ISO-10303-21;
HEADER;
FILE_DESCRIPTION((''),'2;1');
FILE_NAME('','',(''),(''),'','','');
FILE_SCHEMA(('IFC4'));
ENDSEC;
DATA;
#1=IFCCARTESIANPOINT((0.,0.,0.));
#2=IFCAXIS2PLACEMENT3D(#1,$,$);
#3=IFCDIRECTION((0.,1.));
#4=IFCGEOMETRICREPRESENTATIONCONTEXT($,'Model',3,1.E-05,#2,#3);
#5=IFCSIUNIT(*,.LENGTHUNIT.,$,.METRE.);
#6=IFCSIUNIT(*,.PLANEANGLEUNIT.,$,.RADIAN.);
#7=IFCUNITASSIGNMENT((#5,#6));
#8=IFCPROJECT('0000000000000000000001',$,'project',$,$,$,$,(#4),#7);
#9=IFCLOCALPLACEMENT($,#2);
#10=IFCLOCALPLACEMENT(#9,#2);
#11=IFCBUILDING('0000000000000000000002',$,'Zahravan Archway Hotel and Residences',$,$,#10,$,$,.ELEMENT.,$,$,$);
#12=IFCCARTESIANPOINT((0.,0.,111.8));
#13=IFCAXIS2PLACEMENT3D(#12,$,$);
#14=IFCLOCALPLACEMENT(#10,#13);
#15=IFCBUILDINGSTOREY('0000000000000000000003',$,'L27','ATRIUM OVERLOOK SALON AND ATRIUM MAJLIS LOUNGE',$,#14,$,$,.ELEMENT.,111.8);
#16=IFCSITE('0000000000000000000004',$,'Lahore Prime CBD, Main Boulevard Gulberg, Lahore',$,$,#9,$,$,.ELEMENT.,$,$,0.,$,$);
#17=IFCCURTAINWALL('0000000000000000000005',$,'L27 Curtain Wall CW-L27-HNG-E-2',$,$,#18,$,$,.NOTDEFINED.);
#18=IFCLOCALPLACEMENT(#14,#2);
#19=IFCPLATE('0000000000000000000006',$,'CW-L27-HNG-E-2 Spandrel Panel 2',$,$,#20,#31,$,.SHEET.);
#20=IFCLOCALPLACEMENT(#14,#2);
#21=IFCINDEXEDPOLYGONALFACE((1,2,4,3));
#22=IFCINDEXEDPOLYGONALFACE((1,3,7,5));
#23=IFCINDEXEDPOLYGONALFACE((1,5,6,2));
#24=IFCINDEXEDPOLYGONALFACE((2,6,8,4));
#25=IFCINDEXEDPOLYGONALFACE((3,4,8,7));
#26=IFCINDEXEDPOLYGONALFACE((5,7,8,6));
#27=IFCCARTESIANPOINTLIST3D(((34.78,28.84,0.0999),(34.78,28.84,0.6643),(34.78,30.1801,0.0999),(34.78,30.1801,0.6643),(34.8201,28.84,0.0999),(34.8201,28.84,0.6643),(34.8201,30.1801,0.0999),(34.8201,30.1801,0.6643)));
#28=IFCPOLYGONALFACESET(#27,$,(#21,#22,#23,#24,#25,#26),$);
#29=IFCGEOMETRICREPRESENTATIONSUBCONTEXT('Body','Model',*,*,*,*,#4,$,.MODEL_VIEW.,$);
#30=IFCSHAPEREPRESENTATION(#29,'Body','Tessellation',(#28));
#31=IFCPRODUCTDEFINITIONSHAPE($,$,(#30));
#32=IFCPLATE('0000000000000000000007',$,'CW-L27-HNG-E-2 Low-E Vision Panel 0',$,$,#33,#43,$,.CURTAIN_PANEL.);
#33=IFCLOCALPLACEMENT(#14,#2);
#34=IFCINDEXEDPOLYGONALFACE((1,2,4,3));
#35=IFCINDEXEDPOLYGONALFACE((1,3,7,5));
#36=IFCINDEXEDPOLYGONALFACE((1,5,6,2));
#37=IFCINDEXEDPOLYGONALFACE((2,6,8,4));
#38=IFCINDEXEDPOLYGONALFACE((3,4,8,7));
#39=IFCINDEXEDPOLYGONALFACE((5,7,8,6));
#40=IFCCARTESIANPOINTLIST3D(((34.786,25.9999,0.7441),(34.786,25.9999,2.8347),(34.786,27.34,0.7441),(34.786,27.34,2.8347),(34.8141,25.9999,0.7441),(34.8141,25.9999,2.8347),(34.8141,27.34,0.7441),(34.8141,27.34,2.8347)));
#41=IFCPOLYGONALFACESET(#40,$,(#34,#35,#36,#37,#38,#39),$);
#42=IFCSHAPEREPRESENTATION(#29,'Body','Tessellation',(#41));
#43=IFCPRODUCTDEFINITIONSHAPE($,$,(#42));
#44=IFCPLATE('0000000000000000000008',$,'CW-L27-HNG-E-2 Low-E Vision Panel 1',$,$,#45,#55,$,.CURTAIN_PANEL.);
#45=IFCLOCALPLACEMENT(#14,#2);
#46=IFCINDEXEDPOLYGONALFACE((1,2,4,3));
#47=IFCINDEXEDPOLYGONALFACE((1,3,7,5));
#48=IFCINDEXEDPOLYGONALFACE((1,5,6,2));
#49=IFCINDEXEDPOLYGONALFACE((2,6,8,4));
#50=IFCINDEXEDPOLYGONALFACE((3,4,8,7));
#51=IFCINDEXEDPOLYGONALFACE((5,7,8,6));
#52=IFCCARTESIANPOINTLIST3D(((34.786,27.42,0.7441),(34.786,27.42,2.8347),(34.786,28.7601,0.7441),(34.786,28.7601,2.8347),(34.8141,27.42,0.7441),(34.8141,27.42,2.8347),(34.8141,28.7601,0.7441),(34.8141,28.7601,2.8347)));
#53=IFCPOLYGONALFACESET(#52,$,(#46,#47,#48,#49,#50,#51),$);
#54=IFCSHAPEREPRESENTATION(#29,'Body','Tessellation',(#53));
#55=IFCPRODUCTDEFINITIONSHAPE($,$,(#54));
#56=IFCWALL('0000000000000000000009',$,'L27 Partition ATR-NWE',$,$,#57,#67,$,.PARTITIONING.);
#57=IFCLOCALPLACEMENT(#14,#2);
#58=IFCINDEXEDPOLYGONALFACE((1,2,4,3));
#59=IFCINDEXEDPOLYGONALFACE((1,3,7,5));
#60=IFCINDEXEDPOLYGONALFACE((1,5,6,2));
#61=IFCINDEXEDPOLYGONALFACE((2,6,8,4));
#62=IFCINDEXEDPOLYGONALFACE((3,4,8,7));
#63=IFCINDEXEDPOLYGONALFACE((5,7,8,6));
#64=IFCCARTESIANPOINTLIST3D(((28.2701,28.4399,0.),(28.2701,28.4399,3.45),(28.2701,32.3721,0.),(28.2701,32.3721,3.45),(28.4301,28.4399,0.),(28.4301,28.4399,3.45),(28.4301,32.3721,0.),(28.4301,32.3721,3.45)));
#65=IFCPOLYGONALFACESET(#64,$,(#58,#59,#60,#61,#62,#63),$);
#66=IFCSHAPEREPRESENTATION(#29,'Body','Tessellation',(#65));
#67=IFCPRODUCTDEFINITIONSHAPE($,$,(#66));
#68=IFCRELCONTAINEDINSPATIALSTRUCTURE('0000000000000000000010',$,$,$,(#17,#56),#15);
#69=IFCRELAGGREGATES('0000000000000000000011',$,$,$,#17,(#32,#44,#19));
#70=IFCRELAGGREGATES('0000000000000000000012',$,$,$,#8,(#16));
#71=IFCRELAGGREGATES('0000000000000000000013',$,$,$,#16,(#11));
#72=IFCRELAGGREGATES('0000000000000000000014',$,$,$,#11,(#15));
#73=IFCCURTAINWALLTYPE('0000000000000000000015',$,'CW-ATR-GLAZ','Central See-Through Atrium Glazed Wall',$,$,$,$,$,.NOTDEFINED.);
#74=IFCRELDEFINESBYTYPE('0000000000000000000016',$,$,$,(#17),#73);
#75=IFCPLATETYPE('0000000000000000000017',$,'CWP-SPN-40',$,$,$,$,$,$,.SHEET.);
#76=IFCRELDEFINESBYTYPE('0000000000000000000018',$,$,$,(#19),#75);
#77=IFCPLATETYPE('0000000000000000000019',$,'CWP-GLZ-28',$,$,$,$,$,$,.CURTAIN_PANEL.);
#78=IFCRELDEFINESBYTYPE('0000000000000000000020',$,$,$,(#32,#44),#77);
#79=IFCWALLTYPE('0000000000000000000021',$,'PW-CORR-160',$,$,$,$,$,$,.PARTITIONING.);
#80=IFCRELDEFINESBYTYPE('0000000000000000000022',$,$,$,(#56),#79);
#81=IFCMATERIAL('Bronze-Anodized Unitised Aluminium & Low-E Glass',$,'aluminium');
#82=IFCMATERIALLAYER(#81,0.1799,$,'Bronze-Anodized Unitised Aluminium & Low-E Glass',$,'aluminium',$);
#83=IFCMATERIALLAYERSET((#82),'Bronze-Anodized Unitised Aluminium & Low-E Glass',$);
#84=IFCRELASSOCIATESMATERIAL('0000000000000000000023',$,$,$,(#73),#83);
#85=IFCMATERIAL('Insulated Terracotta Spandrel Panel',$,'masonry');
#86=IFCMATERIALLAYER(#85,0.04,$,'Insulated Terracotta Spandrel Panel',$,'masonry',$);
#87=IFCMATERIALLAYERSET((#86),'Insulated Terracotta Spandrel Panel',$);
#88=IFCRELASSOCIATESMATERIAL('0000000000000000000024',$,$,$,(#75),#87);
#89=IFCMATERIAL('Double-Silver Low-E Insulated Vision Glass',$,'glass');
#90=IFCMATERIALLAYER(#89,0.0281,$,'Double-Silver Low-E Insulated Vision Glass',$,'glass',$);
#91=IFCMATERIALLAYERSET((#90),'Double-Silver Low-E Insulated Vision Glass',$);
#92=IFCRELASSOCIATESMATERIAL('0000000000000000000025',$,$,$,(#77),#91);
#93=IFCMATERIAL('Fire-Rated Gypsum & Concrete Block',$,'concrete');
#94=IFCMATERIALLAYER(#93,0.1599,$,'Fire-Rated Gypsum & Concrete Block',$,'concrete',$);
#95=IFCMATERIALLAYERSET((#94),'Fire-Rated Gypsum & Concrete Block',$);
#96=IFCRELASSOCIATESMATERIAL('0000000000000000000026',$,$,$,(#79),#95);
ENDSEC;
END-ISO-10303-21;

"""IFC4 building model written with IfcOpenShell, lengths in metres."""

from ifc_helpers import new_model, si_unit, direction, frame, frame_2d, origin, origin_2d, place, context, subcontext, project, spatial, rectangle, extrude, source, transform, mapped, material, layer, layer_set, type_object, element, aggregate, save


model = new_model("IFC4")

# Units and contexts
model_context = context("Model", 3, precision=1e-05, world=origin(), true_north=direction((0.0, 1.0)))
body_context = subcontext(model_context, "Body", "Model", "MODEL_VIEW")
ifc_project = project(units=[si_unit("LENGTHUNIT", "METRE"), si_unit("PLANEANGLEUNIT", "RADIAN")], contexts=[model_context])

# Site, building, storey
site_placement = place(None, origin())
site = spatial("IfcSite", under=ifc_project, at=site_placement, Name="Lahore Prime CBD, Main Boulevard Gulberg, Lahore", CompositionType="ELEMENT", RefElevation=0.0)
building_placement = place(site_placement, origin())
building = spatial("IfcBuilding", under=site, at=building_placement, Name="Zahravan Archway Hotel and Residences", CompositionType="ELEMENT")
storey_placement = place(building_placement, frame((0.0, 0.0, 111.8)))
storey = spatial("IfcBuildingStorey", under=building, at=storey_placement, Name="L27", Description="ATRIUM OVERLOOK SALON AND ATRIUM MAJLIS LOUNGE", CompositionType="ELEMENT", Elevation=111.8)

# Curtain wall
ifc_material_1 = material(Name="Bronze-Anodized Unitised Aluminium & Low-E Glass", Category="aluminium")
ifc_layer_1 = layer(ifc_material_1, 0.1799, Name="Bronze-Anodized Unitised Aluminium & Low-E Glass", Category="aluminium")
ifc_layer_set_1 = layer_set([ifc_layer_1], Name="Bronze-Anodized Unitised Aluminium & Low-E Glass")
curtain_wall_type = type_object("IfcCurtainWallType", Name="CW-ATR-GLAZ", Description="Central See-Through Atrium Glazed Wall", PredefinedType="NOTDEFINED", material=ifc_layer_set_1)
curtain_wall_1_placement = place(storey_placement, origin())
curtain_wall_1 = element("IfcCurtainWall", 1, at=curtain_wall_1_placement, inside=storey, type_object=curtain_wall_type, Name="L27 Curtain Wall CW-L27-HNG-E-2", PredefinedType="NOTDEFINED")

# Plates
ifc_material_2 = material(Name="Insulated Terracotta Spandrel Panel", Category="masonry")
ifc_layer_2 = layer(ifc_material_2, 0.04, Name="Insulated Terracotta Spandrel Panel", Category="masonry")
ifc_layer_set_2 = layer_set([ifc_layer_2], Name="Insulated Terracotta Spandrel Panel")
plate_type_1 = type_object("IfcPlateType", Name="CWP-SPN-40", PredefinedType="SHEET", material=ifc_layer_set_2)
ifc_material_3 = material(Name="Double-Silver Low-E Insulated Vision Glass", Category="glass")
ifc_layer_3 = layer(ifc_material_3, 0.0281, Name="Double-Silver Low-E Insulated Vision Glass", Category="glass")
ifc_layer_set_3 = layer_set([ifc_layer_3], Name="Double-Silver Low-E Insulated Vision Glass")
plate_type_2 = type_object("IfcPlateType", Name="CWP-GLZ-28", PredefinedType="CURTAIN_PANEL", material=ifc_layer_set_3)
shared_shape_1 = source(origin(), body_context, "Body", "SweptSolid", [
    extrude(rectangle(XDim=1.3401, YDim=0.04, at=origin_2d()), origin(), (0.0, 0.0, 1.0), 0.5645),
])
plate_1_placement = place(storey_placement, frame((34.8, 29.51, 0.0999), z_axis=(0.0, 0.0, 1.0), x_axis=(0.0, 1.0, 0.0)))
plate_1 = element("IfcPlate", 2, at=plate_1_placement, type_object=plate_type_1, Name="CW-L27-HNG-E-2 Spandrel Panel 2", PredefinedType="SHEET", context=body_context, shape_type="MappedRepresentation", body=[
    mapped(shared_shape_1, transform((0.0, 0.0, 0.0), scale=1.0)),
])
shared_shape_2 = source(origin(), body_context, "Body", "SweptSolid", [
    extrude(rectangle(XDim=1.3401, YDim=0.0281, at=origin_2d()), origin(), (0.0, 0.0, 1.0), 2.0906),
])
plate_2_placement = place(storey_placement, frame((34.8, 26.6699, 0.7441), z_axis=(0.0, 0.0, 1.0), x_axis=(0.0, 1.0, 0.0)))
plate_2 = element("IfcPlate", 3, at=plate_2_placement, type_object=plate_type_2, Name="CW-L27-HNG-E-2 Low-E Vision Panel 0", PredefinedType="CURTAIN_PANEL", context=body_context, shape_type="MappedRepresentation", body=[
    mapped(shared_shape_2, transform((0.0, 0.0, 0.0), scale=1.0)),
])
plate_3_placement = place(storey_placement, frame((34.8, 28.0901, 0.7441), z_axis=(0.0, 0.0, 1.0), x_axis=(0.0, 1.0, 0.0)))
plate_3 = element("IfcPlate", 4, at=plate_3_placement, type_object=plate_type_2, Name="CW-L27-HNG-E-2 Low-E Vision Panel 1", PredefinedType="CURTAIN_PANEL", context=body_context, shape_type="MappedRepresentation", body=[
    mapped(shared_shape_2, transform((0.0, 0.0, 0.0), scale=1.0)),
])
aggregate(curtain_wall_1, [plate_2, plate_3, plate_1])

# Wall
ifc_material_4 = material(Name="Fire-Rated Gypsum & Concrete Block", Category="concrete")
ifc_layer_4 = layer(ifc_material_4, 0.1599, Name="Fire-Rated Gypsum & Concrete Block", Category="concrete")
ifc_layer_set_4 = layer_set([ifc_layer_4], Name="Fire-Rated Gypsum & Concrete Block")
wall_type = type_object("IfcWallType", Name="PW-CORR-160", PredefinedType="PARTITIONING", material=ifc_layer_set_4)
wall_placement = place(storey_placement, frame((28.3501, 28.4399, 0.0), z_axis=(0.0, 0.0, 1.0), x_axis=(0.0, 1.0, 0.0)))
element("IfcWall", 5, at=wall_placement, inside=storey, type_object=wall_type, Name="L27 Partition ATR-NWE", PredefinedType="PARTITIONING", context=body_context, shape_type="SweptSolid", body=[
    extrude(rectangle(XDim=3.9321, YDim=0.1599, at=frame_2d((1.9661, 0.0))), origin(), (0.0, 0.0, 1.0), 3.45),
])

save(model, "model.ifc")
